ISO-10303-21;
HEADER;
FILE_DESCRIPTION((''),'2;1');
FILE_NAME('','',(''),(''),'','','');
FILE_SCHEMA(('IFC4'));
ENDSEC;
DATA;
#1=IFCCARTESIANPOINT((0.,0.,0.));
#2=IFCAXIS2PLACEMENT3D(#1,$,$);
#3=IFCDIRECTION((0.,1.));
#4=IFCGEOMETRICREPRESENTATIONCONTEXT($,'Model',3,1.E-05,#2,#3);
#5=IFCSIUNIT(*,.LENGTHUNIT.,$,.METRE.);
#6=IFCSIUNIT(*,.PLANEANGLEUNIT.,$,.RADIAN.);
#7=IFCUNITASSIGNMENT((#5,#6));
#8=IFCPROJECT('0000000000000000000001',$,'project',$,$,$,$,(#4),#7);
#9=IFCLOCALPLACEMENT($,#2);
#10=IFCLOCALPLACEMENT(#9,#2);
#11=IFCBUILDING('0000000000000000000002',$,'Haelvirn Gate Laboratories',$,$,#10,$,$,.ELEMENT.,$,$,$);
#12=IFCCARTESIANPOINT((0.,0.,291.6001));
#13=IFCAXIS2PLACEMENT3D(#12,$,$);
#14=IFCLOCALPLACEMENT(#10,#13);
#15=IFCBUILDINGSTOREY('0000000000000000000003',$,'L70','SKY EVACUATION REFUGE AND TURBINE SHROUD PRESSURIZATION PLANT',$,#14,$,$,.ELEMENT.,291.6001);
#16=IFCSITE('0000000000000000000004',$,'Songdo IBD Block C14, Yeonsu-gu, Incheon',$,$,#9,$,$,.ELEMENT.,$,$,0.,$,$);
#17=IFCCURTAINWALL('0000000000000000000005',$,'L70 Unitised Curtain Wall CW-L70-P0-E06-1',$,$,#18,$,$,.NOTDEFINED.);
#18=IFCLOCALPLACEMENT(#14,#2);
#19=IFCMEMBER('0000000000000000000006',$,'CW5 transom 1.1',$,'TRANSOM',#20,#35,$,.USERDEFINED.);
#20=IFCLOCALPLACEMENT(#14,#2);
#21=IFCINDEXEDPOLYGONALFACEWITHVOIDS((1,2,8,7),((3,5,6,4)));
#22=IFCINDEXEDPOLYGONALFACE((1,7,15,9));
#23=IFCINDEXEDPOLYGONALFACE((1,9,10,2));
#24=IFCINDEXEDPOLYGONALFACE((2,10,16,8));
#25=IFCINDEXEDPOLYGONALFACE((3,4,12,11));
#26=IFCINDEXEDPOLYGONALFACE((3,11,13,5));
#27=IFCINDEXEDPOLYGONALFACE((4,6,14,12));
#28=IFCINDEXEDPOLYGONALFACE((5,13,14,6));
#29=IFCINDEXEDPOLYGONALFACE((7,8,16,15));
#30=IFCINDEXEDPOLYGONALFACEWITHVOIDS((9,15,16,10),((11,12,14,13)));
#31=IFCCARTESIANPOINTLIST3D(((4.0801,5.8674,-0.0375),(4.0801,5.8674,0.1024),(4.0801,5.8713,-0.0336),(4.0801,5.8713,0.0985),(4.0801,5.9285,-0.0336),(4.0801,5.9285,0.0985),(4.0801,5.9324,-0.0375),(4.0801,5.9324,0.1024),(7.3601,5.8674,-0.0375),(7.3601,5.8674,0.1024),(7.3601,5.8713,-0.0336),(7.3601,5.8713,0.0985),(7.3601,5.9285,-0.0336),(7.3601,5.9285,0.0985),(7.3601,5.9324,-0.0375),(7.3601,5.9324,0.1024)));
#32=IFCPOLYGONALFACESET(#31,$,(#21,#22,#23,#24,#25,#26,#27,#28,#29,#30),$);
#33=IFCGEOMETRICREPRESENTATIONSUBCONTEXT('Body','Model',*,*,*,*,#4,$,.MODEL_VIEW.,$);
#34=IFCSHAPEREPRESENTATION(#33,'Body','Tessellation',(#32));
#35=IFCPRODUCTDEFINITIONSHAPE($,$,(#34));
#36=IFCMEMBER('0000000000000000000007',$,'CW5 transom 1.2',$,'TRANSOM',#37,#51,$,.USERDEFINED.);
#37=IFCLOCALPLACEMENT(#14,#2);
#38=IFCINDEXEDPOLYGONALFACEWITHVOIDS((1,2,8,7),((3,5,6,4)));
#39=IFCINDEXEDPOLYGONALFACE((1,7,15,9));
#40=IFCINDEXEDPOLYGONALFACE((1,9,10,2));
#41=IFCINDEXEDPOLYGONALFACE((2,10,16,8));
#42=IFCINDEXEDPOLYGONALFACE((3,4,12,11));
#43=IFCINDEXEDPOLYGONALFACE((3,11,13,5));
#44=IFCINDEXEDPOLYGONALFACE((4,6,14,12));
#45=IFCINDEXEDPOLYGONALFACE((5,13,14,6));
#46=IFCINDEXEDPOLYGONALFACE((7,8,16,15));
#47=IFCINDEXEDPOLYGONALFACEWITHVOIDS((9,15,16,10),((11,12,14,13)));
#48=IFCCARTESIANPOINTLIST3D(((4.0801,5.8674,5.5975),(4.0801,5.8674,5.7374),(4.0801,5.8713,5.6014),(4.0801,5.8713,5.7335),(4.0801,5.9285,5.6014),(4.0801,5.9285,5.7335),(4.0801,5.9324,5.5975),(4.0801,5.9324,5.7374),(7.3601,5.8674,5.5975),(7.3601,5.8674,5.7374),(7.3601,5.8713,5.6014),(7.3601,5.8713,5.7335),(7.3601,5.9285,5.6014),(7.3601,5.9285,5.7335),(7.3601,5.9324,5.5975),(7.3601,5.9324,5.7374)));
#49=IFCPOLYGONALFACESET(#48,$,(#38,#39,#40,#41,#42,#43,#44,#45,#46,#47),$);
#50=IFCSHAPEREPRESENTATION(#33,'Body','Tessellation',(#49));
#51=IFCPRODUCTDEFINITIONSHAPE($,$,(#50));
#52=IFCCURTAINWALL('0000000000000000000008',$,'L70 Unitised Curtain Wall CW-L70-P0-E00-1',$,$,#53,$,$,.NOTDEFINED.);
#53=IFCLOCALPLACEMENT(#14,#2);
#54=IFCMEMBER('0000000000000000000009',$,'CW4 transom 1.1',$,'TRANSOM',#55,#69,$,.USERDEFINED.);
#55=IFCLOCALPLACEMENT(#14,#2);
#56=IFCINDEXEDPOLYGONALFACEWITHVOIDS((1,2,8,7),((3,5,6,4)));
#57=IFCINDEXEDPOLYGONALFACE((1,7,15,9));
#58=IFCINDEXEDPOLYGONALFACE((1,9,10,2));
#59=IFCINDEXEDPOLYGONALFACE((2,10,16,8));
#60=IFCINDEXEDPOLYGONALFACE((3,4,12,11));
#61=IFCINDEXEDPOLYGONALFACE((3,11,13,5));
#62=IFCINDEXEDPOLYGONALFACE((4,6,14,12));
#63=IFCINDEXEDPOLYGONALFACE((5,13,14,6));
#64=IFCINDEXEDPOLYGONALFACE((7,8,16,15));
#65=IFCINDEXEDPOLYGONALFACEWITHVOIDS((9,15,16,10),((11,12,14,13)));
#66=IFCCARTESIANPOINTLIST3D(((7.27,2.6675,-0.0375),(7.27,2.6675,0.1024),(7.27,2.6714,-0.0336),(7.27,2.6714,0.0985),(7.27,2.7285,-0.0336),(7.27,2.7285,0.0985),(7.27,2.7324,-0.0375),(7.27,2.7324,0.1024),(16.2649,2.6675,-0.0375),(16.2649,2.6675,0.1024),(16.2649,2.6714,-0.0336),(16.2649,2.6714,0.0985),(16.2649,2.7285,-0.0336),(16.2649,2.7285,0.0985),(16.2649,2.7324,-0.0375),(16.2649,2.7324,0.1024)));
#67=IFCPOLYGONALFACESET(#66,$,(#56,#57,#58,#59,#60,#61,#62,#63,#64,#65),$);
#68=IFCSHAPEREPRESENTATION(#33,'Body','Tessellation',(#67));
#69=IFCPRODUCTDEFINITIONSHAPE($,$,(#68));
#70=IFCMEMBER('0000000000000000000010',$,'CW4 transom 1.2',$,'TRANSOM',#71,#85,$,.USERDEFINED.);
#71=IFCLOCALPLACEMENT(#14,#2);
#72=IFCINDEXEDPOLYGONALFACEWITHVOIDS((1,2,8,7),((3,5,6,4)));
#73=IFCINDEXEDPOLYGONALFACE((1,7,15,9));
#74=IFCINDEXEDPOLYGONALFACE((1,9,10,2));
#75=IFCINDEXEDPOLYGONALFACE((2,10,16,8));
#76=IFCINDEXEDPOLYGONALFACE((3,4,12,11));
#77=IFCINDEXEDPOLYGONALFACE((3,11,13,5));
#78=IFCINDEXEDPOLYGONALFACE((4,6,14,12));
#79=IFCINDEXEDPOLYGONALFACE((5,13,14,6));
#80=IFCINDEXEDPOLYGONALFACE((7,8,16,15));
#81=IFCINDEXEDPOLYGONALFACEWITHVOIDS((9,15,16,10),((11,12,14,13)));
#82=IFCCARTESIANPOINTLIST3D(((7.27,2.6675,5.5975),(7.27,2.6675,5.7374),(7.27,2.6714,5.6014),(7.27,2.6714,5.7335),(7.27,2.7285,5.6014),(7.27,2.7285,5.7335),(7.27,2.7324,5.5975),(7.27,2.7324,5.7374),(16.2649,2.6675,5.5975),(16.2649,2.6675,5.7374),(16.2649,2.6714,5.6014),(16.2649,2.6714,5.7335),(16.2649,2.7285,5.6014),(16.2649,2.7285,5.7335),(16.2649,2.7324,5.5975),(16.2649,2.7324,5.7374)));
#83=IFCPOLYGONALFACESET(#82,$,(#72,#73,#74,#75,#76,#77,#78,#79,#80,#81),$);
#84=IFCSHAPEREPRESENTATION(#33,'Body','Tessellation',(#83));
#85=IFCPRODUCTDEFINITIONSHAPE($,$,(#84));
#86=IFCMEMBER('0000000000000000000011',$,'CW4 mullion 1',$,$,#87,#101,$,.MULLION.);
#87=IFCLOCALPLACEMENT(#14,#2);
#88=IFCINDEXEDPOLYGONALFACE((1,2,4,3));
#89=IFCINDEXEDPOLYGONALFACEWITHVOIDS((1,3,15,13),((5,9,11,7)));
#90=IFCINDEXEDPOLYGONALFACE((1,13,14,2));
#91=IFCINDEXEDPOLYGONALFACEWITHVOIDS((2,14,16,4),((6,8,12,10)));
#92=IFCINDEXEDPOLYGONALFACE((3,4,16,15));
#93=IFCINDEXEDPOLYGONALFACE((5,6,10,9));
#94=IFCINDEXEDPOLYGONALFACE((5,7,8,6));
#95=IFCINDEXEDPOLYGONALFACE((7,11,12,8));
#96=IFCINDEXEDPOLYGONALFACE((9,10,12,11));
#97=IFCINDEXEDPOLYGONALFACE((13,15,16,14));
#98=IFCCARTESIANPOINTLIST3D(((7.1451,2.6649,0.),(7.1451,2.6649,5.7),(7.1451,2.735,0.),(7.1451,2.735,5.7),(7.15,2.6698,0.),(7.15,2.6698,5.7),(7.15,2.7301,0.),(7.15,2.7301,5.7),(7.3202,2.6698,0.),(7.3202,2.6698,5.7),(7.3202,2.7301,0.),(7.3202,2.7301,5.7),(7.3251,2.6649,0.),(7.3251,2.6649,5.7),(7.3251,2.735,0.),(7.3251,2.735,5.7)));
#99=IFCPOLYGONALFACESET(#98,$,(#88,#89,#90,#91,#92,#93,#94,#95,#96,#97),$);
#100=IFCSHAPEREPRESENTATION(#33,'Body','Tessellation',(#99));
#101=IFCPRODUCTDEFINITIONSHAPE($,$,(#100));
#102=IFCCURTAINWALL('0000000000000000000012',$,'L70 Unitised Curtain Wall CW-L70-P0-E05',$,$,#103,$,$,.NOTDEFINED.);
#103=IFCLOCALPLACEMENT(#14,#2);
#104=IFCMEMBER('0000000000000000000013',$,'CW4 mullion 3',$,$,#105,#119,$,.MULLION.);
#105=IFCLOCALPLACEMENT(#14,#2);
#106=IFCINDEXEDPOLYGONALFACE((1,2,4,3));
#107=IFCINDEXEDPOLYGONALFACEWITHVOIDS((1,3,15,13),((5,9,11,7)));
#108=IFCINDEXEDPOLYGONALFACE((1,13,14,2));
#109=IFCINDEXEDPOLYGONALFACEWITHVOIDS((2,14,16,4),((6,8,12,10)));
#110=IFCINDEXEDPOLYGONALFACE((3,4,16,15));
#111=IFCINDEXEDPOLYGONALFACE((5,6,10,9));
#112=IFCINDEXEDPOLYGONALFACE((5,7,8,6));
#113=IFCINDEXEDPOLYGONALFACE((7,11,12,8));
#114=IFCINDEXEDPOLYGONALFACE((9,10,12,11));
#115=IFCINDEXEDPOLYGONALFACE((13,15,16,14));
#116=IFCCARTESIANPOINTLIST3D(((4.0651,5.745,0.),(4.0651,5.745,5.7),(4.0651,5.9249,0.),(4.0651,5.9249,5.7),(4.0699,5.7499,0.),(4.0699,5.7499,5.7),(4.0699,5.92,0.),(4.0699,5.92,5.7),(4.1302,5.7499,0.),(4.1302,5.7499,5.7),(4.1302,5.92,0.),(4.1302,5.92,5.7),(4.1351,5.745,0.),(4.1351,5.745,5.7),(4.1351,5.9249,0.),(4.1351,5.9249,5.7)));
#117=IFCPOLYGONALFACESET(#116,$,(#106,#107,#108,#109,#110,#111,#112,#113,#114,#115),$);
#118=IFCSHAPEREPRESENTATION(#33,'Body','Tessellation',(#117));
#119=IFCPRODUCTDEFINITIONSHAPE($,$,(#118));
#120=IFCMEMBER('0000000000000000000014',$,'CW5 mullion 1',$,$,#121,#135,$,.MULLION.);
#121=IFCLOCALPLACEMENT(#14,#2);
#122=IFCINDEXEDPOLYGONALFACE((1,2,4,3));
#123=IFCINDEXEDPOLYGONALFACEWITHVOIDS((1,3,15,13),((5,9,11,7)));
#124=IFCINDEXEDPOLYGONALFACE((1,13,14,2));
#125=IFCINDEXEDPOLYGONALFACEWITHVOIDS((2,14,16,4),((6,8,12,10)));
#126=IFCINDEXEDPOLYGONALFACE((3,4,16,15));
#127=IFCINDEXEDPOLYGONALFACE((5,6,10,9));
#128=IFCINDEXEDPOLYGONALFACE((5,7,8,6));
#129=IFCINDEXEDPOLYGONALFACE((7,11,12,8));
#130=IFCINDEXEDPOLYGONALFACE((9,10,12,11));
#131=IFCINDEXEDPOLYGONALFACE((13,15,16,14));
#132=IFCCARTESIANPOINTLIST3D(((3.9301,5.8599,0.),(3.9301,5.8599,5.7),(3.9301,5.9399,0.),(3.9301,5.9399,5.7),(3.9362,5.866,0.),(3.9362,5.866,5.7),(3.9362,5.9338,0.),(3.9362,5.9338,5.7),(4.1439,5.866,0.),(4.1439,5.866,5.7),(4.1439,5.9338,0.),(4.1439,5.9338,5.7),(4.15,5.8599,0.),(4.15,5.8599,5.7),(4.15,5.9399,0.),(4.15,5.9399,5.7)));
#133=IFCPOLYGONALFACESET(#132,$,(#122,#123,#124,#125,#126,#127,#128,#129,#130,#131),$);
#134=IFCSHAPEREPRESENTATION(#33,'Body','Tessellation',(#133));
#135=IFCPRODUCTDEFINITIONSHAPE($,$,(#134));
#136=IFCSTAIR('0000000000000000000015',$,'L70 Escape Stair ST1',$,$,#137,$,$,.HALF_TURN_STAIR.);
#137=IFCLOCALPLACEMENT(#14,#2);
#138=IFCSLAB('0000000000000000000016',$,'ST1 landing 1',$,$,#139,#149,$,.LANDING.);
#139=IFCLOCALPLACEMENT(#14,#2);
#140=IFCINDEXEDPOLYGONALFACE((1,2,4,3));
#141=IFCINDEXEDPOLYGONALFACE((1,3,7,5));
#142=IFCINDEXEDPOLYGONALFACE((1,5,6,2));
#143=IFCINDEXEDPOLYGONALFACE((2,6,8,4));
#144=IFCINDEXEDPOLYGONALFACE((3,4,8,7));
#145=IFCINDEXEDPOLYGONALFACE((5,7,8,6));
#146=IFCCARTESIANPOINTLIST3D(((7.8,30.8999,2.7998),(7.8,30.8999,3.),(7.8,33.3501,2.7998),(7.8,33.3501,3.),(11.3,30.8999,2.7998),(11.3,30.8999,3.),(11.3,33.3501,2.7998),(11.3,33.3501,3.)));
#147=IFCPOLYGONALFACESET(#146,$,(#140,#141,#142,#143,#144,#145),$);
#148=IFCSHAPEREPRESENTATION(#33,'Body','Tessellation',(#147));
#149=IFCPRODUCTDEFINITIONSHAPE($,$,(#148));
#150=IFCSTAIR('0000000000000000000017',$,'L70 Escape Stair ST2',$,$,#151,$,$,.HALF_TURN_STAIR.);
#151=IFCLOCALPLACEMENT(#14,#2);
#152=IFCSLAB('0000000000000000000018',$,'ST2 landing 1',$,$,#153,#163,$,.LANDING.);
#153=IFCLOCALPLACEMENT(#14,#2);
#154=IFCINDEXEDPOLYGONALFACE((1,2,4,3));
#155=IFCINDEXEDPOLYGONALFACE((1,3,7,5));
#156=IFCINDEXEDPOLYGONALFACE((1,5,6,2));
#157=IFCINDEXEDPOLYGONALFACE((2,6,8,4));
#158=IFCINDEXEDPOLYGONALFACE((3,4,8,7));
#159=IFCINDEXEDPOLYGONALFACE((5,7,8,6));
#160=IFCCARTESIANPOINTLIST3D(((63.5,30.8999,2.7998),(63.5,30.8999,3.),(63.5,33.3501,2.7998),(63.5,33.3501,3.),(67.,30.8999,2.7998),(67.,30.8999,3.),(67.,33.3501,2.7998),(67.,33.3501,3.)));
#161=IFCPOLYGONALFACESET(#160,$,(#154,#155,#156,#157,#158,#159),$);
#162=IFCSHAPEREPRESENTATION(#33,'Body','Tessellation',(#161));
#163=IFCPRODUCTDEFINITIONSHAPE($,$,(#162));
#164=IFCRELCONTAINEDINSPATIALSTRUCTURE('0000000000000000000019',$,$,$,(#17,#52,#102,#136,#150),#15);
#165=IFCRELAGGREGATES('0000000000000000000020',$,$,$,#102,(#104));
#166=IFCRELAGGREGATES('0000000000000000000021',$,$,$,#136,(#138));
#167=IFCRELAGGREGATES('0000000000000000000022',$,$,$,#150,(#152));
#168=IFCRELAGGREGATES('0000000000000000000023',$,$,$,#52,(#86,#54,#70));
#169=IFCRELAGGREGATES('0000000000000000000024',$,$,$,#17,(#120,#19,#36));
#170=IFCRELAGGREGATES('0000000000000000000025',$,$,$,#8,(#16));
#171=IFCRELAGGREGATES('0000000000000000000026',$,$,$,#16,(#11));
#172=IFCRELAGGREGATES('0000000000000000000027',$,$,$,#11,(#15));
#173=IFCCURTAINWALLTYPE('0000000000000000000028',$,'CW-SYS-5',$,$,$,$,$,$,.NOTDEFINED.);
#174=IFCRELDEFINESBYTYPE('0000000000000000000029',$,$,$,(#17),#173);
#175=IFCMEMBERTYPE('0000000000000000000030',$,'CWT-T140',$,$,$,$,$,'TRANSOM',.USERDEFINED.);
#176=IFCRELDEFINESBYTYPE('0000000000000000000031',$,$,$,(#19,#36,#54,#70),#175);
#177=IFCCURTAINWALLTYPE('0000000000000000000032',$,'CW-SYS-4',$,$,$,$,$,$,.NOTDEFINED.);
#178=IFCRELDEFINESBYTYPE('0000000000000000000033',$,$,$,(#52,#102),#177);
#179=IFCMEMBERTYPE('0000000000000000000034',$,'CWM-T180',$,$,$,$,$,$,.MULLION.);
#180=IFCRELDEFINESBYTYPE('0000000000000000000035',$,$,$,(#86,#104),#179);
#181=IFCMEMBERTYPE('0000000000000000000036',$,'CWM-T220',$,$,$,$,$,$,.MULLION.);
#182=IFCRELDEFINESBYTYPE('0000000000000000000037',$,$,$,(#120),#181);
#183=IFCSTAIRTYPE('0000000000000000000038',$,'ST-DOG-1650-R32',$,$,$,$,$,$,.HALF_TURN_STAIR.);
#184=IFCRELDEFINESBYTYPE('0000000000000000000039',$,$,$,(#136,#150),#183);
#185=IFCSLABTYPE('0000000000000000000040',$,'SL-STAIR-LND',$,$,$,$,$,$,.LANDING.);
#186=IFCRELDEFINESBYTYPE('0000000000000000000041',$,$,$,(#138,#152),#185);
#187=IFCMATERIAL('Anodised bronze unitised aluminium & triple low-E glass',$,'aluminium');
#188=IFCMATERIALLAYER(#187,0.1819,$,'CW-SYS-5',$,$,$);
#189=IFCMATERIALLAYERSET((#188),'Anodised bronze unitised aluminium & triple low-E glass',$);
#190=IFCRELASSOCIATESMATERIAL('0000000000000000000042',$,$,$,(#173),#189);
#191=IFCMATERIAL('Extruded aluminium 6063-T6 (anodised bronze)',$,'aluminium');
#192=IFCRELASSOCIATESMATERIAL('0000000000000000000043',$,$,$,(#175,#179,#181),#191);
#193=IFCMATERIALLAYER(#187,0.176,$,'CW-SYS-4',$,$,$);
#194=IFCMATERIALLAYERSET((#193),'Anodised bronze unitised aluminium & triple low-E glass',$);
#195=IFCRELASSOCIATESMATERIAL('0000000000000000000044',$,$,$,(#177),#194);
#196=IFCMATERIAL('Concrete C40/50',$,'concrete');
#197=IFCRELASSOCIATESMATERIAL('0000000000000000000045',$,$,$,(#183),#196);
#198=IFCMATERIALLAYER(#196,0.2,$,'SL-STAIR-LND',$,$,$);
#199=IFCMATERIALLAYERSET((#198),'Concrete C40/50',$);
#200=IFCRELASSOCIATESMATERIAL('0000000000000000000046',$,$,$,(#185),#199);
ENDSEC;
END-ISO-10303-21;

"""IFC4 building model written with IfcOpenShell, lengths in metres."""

from ifc_helpers import new_model, si_unit, direction, frame, origin, origin_2d, place, context, subcontext, project, spatial, polyline, hollow_rectangle, outline, extrude, source, transform, mapped, material, layer, layer_set, material_profile, profile_set, type_object, type_shapes, element, aggregate, save


model = new_model("IFC4")

# Units and contexts
model_context = context("Model", 3, precision=1e-05, world=origin(), true_north=direction((0.0, 1.0)))
body_context = subcontext(model_context, "Body", "Model", "MODEL_VIEW")
ifc_project = project(units=[si_unit("LENGTHUNIT", "METRE"), si_unit("PLANEANGLEUNIT", "RADIAN")], contexts=[model_context])

# Site, building, storey
site_placement = place(None, origin())
site = spatial("IfcSite", under=ifc_project, at=site_placement, Name="Songdo IBD Block C14, Yeonsu-gu, Incheon", CompositionType="ELEMENT", RefElevation=0.0)
building_placement = place(site_placement, origin())
building = spatial("IfcBuilding", under=site, at=building_placement, Name="Haelvirn Gate Laboratories", CompositionType="ELEMENT")
storey_placement = place(building_placement, frame((0.0, 0.0, 291.6001)))
storey = spatial("IfcBuildingStorey", under=building, at=storey_placement, Name="L70", Description="SKY EVACUATION REFUGE AND TURBINE SHROUD PRESSURIZATION PLANT", CompositionType="ELEMENT", Elevation=291.6001)

# Curtain walls, members
ifc_material_1 = material(Name="Anodised bronze unitised aluminium & triple low-E glass", Category="aluminium")
ifc_layer_1 = layer(ifc_material_1, 0.1819, Name="CW-SYS-5")
ifc_layer_set_1 = layer_set([ifc_layer_1], Name="Anodised bronze unitised aluminium & triple low-E glass")
curtain_wall_type_1 = type_object("IfcCurtainWallType", Name="CW-SYS-5", PredefinedType="NOTDEFINED", material=ifc_layer_set_1)
curtain_wall_1_placement = place(storey_placement, origin())
curtain_wall_1 = element("IfcCurtainWall", 1, at=curtain_wall_1_placement, inside=storey, type_object=curtain_wall_type_1, Name="L70 Unitised Curtain Wall CW-L70-P0-E06-1", PredefinedType="NOTDEFINED")
ifc_material_2 = material(Name="Extruded aluminium 6063-T6 (anodised bronze)", Category="aluminium")
ifc_material_profile_1 = material_profile(ifc_material_2, hollow_rectangle(XDim=0.0649, YDim=0.1399, WallThickness=0.0039, at=origin_2d()), Name="CWT-140x65x4")
ifc_profile_set_1 = profile_set([ifc_material_profile_1], Name="Extruded aluminium 6063-T6 (anodised bronze)")
member_type_1 = type_object("IfcMemberType", Name="CWT-T140", ElementType="TRANSOM", PredefinedType="USERDEFINED", material=ifc_profile_set_1)
shared_shape_1 = source(origin(), body_context, "Body", "SweptSolid", [
    extrude(hollow_rectangle(XDim=0.0649, YDim=0.1399, WallThickness=0.0039, at=origin_2d()), origin(), (0.0, 0.0, 1.0), 3.28),
])
member_1_placement = place(storey_placement, frame((4.0801, 5.8999, 0.0325), z_axis=(1.0, 0.0, 0.0), x_axis=(0.0, 1.0, 0.0)))
member_1 = element("IfcMember", 2, at=member_1_placement, type_object=member_type_1, Name="CW5 transom 1.1", ObjectType="TRANSOM", PredefinedType="USERDEFINED", context=body_context, shape_type="MappedRepresentation", body=[
    mapped(shared_shape_1, transform((0.0, 0.0, 0.0), scale=1.0)),
])
member_2_placement = place(storey_placement, frame((4.0801, 5.8999, 5.6675), z_axis=(1.0, 0.0, 0.0), x_axis=(0.0, 1.0, 0.0)))
member_2 = element("IfcMember", 3, at=member_2_placement, type_object=member_type_1, Name="CW5 transom 1.2", ObjectType="TRANSOM", PredefinedType="USERDEFINED", context=body_context, shape_type="MappedRepresentation", body=[
    mapped(shared_shape_1, transform((0.0, 0.0, 0.0), scale=1.0)),
])
ifc_layer_2 = layer(ifc_material_1, 0.176, Name="CW-SYS-4")
ifc_layer_set_2 = layer_set([ifc_layer_2], Name="Anodised bronze unitised aluminium & triple low-E glass")
curtain_wall_type_2 = type_object("IfcCurtainWallType", Name="CW-SYS-4", PredefinedType="NOTDEFINED", material=ifc_layer_set_2)
curtain_wall_2_placement = place(storey_placement, origin())
curtain_wall_2 = element("IfcCurtainWall", 4, at=curtain_wall_2_placement, inside=storey, type_object=curtain_wall_type_2, Name="L70 Unitised Curtain Wall CW-L70-P0-E00-1", PredefinedType="NOTDEFINED")
shared_shape_2 = source(origin(), body_context, "Body", "SweptSolid", [
    extrude(hollow_rectangle(XDim=0.0649, YDim=0.1399, WallThickness=0.0039, at=origin_2d()), origin(), (0.0, 0.0, 1.0), 8.9949),
])
type_shapes(member_type_1, [shared_shape_1, shared_shape_2])
member_3_placement = place(storey_placement, frame((7.27, 2.7, 0.0325), z_axis=(1.0, 0.0, 0.0), x_axis=(0.0, 1.0, 0.0)))
member_3 = element("IfcMember", 5, at=member_3_placement, type_object=member_type_1, Name="CW4 transom 1.1", ObjectType="TRANSOM", PredefinedType="USERDEFINED", context=body_context, shape_type="MappedRepresentation", body=[
    mapped(shared_shape_2, transform((0.0, 0.0, 0.0), scale=1.0)),
])
member_4_placement = place(storey_placement, frame((7.27, 2.7, 5.6675), z_axis=(1.0, 0.0, 0.0), x_axis=(0.0, 1.0, 0.0)))
member_4 = element("IfcMember", 6, at=member_4_placement, type_object=member_type_1, Name="CW4 transom 1.2", ObjectType="TRANSOM", PredefinedType="USERDEFINED", context=body_context, shape_type="MappedRepresentation", body=[
    mapped(shared_shape_2, transform((0.0, 0.0, 0.0), scale=1.0)),
])
ifc_material_profile_2 = material_profile(ifc_material_2, hollow_rectangle(XDim=0.0701, YDim=0.1799, WallThickness=0.0049, at=origin_2d()), Name="CWM-180x70x5")
ifc_profile_set_2 = profile_set([ifc_material_profile_2], Name="Extruded aluminium 6063-T6 (anodised bronze)")
member_type_2 = type_object("IfcMemberType", Name="CWM-T180", PredefinedType="MULLION", material=ifc_profile_set_2)
shared_shape_3 = source(origin(), body_context, "Body", "SweptSolid", [
    extrude(hollow_rectangle(XDim=0.0701, YDim=0.1799, WallThickness=0.0049, at=origin_2d()), origin(), (0.0, 0.0, 1.0), 5.7),
])
type_shapes(member_type_2, [shared_shape_3])
member_5_placement = place(storey_placement, frame((7.2351, 2.7, 0.0), z_axis=(0.0, 0.0, 1.0), x_axis=(0.0, 1.0, 0.0)))
member_5 = element("IfcMember", 7, at=member_5_placement, type_object=member_type_2, Name="CW4 mullion 1", PredefinedType="MULLION", context=body_context, shape_type="MappedRepresentation", body=[
    mapped(shared_shape_3, transform((0.0, 0.0, 0.0), scale=1.0)),
])

# Curtain wall, member
curtain_wall_3_placement = place(storey_placement, origin())
curtain_wall_3 = element("IfcCurtainWall", 8, at=curtain_wall_3_placement, inside=storey, type_object=curtain_wall_type_2, Name="L70 Unitised Curtain Wall CW-L70-P0-E05", PredefinedType="NOTDEFINED")
member_6_placement = place(storey_placement, frame((4.1001, 5.835, 0.0), z_axis=(0.0, 0.0, 1.0), x_axis=(1.0, 0.0, 0.0)))
member_6 = element("IfcMember", 9, at=member_6_placement, type_object=member_type_2, Name="CW4 mullion 3", PredefinedType="MULLION", context=body_context, shape_type="MappedRepresentation", body=[
    mapped(shared_shape_3, transform((0.0, 0.0, 0.0), scale=1.0)),
])
aggregate(curtain_wall_3, [member_6])

# Member
ifc_material_profile_3 = material_profile(ifc_material_2, hollow_rectangle(XDim=0.0801, YDim=0.22, WallThickness=0.0061, at=origin_2d()), Name="CWM-220x80x6")
ifc_profile_set_3 = profile_set([ifc_material_profile_3], Name="Extruded aluminium 6063-T6 (anodised bronze)")
member_type_3 = type_object("IfcMemberType", Name="CWM-T220", PredefinedType="MULLION", material=ifc_profile_set_3)
shared_shape_4 = source(origin(), body_context, "Body", "SweptSolid", [
    extrude(hollow_rectangle(XDim=0.0801, YDim=0.22, WallThickness=0.0061, at=origin_2d()), origin(), (0.0, 0.0, 1.0), 5.7),
])
type_shapes(member_type_3, [shared_shape_4])
member_7_placement = place(storey_placement, frame((4.04, 5.8999, 0.0), z_axis=(0.0, 0.0, 1.0), x_axis=(0.0, 1.0, 0.0)))
member_7 = element("IfcMember", 10, at=member_7_placement, type_object=member_type_3, Name="CW5 mullion 1", PredefinedType="MULLION", context=body_context, shape_type="MappedRepresentation", body=[
    mapped(shared_shape_4, transform((0.0, 0.0, 0.0), scale=1.0)),
])

# Stairs, slabs
ifc_material_3 = material(Name="Concrete C40/50", Category="concrete")
stair_type = type_object("IfcStairType", Name="ST-DOG-1650-R32", PredefinedType="HALF_TURN_STAIR", material=ifc_material_3)
stair_1_placement = place(storey_placement, origin())
stair_1 = element("IfcStair", 11, at=stair_1_placement, inside=storey, type_object=stair_type, Name="L70 Escape Stair ST1", PredefinedType="HALF_TURN_STAIR")
ifc_layer_3 = layer(ifc_material_3, 0.2, Name="SL-STAIR-LND")
ifc_layer_set_3 = layer_set([ifc_layer_3], Name="Concrete C40/50")
slab_type_1 = type_object("IfcSlabType", Name="SL-STAIR-LND", PredefinedType="LANDING", material=ifc_layer_set_3)
slab_1_placement = place(storey_placement, frame((0.0, 0.0, 2.7998)))
slab_1 = element("IfcSlab", 12, at=slab_1_placement, type_object=slab_type_1, Name="ST1 landing 1", PredefinedType="LANDING", context=body_context, shape_type="SweptSolid", body=[
    extrude(outline(polyline([(11.3, 30.8999), (11.3, 33.3501), (7.8, 33.3501), (7.8, 30.8999), (11.3, 30.8999)])), origin(), (0.0, 0.0, 1.0), 0.2002),
])
aggregate(stair_1, [slab_1])
stair_2_placement = place(storey_placement, origin())
stair_2 = element("IfcStair", 13, at=stair_2_placement, inside=storey, type_object=stair_type, Name="L70 Escape Stair ST2", PredefinedType="HALF_TURN_STAIR")
slab_2_placement = place(storey_placement, frame((0.0, 0.0, 2.7998)))
slab_2 = element("IfcSlab", 14, at=slab_2_placement, type_object=slab_type_1, Name="ST2 landing 1", PredefinedType="LANDING", context=body_context, shape_type="SweptSolid", body=[
    extrude(outline(polyline([(67.0, 30.8999), (67.0, 33.3501), (63.5, 33.3501), (63.5, 30.8999), (67.0, 30.8999)])), origin(), (0.0, 0.0, 1.0), 0.2002),
])
aggregate(stair_2, [slab_2])

aggregate(curtain_wall_2, [member_5, member_3, member_4])
aggregate(curtain_wall_1, [member_7, member_1, member_2])

save(model, "model.ifc")
